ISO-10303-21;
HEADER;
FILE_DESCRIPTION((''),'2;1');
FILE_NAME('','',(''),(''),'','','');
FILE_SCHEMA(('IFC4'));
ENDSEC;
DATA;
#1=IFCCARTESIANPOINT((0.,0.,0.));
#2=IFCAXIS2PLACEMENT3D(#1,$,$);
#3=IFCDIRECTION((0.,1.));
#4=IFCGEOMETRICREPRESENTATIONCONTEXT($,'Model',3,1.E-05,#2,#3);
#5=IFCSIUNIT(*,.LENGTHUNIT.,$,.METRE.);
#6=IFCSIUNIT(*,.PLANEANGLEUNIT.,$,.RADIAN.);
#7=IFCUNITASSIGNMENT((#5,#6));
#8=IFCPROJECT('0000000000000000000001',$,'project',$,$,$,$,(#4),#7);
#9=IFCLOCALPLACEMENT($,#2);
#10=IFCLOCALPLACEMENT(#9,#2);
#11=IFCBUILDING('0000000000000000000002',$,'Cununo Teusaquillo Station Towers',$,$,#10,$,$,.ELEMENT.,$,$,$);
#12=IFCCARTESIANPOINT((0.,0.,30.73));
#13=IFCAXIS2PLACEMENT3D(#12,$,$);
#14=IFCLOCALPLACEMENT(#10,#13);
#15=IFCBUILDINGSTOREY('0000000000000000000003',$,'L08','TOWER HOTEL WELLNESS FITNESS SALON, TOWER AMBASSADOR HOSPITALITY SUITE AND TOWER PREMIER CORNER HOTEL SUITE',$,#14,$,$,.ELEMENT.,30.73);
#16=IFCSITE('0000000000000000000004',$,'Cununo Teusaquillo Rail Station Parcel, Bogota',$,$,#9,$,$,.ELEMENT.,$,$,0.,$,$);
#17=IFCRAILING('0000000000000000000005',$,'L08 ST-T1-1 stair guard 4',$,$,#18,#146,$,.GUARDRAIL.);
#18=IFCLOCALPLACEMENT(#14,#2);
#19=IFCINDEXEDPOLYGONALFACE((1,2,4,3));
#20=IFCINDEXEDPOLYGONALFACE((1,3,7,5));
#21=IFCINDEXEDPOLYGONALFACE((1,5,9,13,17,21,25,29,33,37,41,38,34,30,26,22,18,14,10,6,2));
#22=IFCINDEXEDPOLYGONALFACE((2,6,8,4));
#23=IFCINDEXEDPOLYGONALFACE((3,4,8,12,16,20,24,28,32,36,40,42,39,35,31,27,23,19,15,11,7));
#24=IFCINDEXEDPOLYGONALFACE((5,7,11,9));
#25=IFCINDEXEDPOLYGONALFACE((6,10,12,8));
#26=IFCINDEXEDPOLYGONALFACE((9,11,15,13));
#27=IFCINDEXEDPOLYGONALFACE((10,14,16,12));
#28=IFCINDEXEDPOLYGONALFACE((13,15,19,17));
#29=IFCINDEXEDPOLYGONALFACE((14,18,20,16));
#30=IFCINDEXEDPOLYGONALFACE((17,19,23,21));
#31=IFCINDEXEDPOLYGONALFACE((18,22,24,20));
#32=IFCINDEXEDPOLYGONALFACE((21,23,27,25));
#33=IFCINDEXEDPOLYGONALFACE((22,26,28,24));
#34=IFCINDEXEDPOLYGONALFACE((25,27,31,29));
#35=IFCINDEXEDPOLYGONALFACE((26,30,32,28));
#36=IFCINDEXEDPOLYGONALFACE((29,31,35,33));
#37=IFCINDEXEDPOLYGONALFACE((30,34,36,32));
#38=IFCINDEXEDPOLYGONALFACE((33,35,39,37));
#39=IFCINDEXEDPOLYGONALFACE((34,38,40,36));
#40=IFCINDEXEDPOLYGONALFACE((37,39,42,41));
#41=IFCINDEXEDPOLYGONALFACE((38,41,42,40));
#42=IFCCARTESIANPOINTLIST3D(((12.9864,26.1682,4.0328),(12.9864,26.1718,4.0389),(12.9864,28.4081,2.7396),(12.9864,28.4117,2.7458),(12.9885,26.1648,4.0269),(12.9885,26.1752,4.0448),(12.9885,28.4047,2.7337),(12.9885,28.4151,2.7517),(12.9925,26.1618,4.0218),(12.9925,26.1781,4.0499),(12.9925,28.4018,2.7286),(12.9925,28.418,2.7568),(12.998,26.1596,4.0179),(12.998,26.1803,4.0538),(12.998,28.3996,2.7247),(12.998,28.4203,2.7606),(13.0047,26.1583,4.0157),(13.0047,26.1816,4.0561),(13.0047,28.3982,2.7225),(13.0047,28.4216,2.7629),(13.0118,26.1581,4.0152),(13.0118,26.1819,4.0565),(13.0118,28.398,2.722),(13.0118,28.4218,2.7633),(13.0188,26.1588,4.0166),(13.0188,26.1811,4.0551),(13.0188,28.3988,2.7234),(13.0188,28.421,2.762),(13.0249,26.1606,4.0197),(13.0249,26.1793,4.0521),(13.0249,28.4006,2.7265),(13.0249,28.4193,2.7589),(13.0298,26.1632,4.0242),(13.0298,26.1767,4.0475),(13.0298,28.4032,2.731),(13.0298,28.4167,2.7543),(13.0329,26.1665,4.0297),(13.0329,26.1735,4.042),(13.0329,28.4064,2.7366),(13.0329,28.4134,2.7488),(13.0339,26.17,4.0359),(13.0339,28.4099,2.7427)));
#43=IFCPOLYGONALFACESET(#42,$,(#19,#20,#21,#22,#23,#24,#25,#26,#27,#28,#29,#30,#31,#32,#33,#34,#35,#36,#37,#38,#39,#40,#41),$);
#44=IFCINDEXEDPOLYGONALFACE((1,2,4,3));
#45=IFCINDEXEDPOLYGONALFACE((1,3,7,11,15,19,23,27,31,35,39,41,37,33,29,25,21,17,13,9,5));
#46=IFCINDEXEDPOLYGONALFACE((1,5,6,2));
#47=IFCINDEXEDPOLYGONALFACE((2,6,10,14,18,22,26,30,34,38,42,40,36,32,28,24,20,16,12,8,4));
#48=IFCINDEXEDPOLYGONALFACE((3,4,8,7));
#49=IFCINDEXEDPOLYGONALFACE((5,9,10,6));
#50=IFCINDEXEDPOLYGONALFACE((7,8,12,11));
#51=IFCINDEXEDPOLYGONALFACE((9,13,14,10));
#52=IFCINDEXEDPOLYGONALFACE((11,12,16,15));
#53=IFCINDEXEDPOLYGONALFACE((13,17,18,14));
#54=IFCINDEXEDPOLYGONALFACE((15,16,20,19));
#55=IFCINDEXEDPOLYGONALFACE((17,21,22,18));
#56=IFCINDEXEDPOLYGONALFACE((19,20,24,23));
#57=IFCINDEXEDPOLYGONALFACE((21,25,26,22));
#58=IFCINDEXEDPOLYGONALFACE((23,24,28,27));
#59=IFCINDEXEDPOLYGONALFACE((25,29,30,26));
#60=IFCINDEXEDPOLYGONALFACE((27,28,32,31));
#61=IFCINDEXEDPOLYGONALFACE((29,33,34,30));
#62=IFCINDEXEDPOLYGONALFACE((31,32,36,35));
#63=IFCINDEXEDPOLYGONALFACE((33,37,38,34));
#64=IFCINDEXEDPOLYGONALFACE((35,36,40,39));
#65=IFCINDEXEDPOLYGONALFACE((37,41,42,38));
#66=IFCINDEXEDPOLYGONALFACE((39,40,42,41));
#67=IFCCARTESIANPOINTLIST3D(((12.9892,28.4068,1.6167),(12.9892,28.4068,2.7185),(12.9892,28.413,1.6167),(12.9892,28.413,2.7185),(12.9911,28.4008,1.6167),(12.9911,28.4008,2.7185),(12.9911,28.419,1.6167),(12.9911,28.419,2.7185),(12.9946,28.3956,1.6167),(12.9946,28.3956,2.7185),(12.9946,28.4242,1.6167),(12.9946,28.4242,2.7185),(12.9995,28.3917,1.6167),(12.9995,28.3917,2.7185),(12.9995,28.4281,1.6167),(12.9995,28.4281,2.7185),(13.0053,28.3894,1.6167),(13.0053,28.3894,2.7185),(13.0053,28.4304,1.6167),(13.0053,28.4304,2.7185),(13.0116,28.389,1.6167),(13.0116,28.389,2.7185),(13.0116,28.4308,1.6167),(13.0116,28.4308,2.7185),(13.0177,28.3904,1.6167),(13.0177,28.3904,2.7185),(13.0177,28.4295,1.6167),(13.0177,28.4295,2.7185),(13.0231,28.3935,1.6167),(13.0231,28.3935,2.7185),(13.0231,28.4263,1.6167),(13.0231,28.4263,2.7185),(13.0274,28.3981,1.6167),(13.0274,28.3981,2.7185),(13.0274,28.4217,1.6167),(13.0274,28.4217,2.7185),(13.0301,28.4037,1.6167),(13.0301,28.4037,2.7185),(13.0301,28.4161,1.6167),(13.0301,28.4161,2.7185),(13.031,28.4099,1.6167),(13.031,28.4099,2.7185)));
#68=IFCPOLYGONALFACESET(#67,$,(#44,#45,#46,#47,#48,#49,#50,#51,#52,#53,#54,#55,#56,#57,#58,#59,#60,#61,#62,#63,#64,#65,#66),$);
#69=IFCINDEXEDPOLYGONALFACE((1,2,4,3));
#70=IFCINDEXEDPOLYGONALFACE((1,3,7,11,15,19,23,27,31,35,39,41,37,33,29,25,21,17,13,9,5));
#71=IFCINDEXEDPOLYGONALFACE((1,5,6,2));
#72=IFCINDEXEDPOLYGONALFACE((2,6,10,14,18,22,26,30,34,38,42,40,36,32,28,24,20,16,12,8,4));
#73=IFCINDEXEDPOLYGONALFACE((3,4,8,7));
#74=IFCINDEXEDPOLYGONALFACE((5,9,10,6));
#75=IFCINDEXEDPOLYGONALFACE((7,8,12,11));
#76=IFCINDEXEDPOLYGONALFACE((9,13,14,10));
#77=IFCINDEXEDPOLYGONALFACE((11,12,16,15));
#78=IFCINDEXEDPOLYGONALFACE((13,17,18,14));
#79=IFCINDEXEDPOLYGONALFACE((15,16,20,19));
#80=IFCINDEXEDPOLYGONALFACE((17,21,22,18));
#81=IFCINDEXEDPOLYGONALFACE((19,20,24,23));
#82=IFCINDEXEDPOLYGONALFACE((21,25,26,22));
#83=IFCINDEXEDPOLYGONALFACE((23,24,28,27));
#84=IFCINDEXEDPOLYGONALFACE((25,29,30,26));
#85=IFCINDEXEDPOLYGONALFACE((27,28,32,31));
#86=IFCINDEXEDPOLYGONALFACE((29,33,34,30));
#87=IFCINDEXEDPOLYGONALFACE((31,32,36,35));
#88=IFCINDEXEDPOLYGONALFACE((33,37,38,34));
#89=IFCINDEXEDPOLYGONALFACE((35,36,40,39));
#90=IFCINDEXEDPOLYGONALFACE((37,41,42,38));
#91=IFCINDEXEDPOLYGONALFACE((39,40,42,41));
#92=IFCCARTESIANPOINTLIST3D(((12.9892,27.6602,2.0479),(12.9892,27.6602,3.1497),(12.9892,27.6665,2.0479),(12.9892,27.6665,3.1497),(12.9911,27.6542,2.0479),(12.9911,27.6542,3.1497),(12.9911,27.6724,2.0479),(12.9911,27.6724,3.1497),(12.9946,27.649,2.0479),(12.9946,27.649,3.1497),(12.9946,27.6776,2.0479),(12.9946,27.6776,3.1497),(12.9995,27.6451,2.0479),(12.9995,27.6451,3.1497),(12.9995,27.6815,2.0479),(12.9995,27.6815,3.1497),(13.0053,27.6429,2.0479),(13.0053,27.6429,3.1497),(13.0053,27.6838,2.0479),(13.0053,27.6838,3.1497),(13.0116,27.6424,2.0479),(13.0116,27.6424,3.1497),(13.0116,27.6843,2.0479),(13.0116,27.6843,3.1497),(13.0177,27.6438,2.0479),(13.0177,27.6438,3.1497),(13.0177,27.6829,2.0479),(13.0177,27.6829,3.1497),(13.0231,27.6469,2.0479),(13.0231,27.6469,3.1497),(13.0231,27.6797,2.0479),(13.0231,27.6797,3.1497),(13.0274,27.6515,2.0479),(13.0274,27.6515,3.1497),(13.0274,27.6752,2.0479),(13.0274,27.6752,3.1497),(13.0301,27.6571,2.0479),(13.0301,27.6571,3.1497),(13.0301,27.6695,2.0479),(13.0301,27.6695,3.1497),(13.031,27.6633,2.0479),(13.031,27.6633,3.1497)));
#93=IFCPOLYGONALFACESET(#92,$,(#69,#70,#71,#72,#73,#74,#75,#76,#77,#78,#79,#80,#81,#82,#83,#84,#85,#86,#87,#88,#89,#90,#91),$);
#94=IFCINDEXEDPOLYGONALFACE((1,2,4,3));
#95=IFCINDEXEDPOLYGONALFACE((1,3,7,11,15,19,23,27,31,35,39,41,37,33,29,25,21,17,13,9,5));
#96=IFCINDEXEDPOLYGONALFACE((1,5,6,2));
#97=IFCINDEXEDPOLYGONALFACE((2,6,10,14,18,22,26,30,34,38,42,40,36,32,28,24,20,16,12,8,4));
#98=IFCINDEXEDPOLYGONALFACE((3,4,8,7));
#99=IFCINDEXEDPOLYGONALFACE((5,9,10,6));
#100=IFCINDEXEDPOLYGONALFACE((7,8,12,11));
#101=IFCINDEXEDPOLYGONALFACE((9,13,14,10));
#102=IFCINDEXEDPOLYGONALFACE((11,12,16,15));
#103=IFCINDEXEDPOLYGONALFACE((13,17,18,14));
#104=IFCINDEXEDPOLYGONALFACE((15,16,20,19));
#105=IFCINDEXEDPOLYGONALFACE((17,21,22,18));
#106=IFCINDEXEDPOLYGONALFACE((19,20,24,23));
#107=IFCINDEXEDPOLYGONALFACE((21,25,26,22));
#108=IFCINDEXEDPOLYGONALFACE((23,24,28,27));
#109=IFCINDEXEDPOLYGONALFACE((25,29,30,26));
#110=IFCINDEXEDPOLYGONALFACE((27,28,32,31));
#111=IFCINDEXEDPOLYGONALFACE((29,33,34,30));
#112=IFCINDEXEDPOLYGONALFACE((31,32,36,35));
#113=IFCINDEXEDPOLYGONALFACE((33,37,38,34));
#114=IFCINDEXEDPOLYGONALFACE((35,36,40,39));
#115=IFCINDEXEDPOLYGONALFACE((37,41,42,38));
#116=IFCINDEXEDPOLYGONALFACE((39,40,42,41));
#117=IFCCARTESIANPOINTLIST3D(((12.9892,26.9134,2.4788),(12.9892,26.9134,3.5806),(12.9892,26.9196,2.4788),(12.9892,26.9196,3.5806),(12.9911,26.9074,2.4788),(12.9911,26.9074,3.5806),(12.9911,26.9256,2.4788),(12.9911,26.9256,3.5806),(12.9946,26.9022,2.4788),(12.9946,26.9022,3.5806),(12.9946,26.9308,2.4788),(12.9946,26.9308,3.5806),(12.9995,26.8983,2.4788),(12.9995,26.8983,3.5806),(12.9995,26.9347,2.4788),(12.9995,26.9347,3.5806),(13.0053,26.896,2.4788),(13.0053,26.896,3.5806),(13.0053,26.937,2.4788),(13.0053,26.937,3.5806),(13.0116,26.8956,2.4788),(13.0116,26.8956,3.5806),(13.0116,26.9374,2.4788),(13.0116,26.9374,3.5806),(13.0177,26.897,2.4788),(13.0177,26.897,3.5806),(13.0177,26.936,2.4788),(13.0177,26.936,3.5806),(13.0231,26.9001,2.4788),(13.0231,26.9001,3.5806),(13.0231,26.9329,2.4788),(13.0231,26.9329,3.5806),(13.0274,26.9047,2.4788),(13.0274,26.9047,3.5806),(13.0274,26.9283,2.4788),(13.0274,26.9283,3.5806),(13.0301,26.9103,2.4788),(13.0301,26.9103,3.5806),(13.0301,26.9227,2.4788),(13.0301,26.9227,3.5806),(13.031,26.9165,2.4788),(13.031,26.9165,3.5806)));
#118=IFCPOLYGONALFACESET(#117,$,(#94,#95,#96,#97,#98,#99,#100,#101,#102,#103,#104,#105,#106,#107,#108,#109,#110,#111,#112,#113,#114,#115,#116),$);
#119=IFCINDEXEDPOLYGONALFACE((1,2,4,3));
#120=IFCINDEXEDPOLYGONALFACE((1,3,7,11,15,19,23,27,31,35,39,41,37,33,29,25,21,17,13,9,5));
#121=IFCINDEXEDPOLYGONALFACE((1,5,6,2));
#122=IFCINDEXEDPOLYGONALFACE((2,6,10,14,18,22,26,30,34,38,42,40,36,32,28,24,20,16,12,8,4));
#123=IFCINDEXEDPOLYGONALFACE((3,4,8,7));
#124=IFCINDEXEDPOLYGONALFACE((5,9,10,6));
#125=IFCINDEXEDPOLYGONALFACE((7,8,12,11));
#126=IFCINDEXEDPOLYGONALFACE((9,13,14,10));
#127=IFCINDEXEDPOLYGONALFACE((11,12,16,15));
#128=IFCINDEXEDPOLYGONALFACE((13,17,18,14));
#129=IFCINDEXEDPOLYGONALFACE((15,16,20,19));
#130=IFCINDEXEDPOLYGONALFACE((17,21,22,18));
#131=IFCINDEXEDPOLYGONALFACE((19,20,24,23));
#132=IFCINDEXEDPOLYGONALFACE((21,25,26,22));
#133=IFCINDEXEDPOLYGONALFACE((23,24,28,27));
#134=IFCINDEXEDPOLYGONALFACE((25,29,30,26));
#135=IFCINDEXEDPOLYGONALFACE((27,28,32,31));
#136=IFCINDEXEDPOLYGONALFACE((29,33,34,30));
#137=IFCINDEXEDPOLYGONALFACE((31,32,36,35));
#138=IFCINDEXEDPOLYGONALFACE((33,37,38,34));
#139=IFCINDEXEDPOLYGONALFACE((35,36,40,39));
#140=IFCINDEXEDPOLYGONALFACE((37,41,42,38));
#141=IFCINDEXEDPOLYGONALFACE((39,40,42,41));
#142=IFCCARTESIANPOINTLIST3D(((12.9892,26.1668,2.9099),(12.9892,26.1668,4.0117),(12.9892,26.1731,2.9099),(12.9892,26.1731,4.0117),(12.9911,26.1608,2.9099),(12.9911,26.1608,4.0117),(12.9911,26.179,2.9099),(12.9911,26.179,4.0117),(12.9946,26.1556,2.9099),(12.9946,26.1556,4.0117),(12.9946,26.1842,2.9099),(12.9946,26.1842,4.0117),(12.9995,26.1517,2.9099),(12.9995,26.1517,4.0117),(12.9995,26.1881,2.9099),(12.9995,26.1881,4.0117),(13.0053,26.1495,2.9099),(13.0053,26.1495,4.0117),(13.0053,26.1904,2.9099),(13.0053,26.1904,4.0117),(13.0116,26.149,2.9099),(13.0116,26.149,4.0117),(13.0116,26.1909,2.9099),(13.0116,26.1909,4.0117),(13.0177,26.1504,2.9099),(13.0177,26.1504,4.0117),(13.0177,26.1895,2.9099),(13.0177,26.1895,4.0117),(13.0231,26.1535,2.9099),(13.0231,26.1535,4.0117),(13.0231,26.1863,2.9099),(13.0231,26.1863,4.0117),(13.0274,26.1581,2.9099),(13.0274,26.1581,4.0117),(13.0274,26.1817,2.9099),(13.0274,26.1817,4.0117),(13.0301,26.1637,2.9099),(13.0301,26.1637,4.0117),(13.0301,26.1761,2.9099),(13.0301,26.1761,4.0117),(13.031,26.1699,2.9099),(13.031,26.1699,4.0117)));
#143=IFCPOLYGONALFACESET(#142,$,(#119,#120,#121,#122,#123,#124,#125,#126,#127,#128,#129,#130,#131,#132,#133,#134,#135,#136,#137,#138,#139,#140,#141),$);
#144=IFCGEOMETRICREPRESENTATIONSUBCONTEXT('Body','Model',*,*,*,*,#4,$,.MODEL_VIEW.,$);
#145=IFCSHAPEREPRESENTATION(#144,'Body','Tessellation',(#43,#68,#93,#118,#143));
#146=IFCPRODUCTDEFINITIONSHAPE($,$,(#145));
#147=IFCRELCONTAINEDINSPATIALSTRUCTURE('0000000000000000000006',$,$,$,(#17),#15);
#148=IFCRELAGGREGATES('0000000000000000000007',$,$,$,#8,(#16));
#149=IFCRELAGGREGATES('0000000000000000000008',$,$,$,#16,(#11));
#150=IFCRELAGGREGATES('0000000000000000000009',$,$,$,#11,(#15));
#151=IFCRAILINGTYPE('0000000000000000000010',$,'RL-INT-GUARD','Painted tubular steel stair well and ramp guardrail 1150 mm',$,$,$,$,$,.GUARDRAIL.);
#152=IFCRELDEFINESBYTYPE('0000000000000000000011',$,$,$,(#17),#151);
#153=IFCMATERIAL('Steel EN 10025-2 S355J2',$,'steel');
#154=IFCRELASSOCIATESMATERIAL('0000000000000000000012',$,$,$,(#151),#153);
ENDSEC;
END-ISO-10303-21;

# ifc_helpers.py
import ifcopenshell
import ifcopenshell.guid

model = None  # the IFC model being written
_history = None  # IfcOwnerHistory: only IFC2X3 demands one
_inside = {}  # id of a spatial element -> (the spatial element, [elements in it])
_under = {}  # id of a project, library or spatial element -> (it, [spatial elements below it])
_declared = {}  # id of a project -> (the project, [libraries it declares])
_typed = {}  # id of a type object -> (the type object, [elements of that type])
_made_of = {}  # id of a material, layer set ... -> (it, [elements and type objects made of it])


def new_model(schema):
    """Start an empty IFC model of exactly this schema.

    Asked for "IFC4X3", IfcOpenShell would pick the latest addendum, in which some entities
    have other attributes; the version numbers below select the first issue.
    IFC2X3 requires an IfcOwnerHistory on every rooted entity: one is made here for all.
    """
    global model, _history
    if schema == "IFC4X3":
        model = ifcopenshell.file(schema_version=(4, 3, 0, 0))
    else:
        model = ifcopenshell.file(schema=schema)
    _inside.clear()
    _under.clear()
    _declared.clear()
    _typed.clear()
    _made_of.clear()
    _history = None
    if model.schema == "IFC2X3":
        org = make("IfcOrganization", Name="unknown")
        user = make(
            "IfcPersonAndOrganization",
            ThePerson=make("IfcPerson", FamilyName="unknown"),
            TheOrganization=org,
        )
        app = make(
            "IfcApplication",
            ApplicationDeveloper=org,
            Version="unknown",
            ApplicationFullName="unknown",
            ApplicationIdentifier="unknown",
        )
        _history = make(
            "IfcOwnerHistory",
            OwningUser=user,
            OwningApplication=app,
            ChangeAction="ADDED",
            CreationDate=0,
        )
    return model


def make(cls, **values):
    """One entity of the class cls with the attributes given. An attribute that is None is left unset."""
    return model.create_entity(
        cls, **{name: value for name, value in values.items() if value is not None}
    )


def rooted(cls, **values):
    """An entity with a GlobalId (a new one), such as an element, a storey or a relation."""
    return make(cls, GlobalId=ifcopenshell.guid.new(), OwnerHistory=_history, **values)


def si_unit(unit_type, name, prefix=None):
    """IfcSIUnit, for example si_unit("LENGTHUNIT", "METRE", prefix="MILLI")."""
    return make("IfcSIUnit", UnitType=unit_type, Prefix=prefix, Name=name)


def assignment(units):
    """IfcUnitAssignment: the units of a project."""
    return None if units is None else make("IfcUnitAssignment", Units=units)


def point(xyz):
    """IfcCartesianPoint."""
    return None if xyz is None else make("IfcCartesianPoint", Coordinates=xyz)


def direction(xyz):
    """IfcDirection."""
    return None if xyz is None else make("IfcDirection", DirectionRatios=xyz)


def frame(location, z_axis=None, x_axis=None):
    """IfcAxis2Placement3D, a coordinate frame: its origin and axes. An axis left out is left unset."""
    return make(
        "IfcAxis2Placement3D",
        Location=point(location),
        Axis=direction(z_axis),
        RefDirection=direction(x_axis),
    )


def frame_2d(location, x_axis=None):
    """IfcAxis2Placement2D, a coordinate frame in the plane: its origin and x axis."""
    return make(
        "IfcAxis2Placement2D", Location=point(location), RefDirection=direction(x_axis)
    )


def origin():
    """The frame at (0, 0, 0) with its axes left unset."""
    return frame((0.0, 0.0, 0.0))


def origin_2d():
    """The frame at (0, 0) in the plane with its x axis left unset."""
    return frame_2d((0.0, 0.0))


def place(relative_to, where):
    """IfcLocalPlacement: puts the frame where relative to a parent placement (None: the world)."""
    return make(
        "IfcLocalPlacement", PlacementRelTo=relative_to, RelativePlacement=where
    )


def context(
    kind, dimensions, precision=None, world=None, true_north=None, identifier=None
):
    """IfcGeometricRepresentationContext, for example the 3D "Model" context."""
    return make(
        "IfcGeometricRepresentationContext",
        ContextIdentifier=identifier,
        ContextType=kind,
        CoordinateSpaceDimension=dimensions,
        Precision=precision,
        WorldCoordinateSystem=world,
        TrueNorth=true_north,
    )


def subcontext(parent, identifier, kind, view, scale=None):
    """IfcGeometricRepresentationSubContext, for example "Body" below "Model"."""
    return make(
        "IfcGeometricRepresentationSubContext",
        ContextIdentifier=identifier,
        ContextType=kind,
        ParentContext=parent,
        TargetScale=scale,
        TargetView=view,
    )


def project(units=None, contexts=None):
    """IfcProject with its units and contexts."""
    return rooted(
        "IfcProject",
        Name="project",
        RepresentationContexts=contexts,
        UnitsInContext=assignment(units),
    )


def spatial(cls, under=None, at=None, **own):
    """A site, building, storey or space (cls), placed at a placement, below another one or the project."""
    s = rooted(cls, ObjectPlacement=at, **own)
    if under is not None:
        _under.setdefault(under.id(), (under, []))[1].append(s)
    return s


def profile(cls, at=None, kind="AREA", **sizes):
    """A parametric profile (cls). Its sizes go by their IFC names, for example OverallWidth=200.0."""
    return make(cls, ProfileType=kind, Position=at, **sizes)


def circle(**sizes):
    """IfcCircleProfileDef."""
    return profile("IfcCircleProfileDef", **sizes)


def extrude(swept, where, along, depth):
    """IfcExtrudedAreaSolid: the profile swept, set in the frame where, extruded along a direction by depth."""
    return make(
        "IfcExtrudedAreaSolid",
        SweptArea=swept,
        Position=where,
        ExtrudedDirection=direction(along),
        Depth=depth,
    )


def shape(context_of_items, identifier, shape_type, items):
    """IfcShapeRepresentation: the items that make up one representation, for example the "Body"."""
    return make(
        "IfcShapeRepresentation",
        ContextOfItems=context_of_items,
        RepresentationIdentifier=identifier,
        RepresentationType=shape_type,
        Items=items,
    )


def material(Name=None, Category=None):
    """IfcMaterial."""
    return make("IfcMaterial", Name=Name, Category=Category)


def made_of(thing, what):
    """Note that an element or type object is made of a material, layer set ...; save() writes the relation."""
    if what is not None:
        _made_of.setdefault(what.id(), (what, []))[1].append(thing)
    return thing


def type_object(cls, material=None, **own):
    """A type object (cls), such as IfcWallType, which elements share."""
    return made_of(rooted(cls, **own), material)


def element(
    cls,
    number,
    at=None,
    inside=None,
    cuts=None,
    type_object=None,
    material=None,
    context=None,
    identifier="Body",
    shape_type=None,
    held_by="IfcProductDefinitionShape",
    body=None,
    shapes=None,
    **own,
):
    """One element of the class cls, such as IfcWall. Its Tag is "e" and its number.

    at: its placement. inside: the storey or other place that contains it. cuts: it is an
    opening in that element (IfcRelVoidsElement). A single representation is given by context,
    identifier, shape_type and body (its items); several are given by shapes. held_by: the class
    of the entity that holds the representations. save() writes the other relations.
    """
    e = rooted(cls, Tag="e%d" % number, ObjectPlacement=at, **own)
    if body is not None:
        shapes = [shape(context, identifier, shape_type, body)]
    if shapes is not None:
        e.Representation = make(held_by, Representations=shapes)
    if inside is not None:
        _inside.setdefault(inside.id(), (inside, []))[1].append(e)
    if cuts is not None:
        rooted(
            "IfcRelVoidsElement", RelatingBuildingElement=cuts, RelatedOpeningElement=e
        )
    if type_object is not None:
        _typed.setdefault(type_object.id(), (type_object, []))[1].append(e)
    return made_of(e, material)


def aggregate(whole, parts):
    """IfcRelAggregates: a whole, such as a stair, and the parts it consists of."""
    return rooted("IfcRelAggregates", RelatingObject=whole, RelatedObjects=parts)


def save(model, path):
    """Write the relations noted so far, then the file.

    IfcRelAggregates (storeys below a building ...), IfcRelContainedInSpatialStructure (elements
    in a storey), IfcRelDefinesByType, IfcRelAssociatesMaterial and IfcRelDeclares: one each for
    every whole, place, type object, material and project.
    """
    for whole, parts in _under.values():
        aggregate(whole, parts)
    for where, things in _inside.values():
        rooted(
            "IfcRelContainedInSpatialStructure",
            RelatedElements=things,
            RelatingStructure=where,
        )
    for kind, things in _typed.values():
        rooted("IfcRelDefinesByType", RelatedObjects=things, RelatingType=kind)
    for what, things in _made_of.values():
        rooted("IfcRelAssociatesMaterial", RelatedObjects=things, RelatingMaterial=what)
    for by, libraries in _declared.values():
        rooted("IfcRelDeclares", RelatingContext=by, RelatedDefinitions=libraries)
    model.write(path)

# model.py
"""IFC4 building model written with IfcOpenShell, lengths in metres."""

from ifc_helpers import new_model, si_unit, direction, frame, origin, origin_2d, place, context, subcontext, project, spatial, circle, extrude, material, type_object, element, save


model = new_model("IFC4")

# Units and contexts
model_context = context("Model", 3, precision=1e-05, world=origin(), true_north=direction((0.0, 1.0)))
body_context = subcontext(model_context, "Body", "Model", "MODEL_VIEW")
ifc_project = project(units=[si_unit("LENGTHUNIT", "METRE"), si_unit("PLANEANGLEUNIT", "RADIAN")], contexts=[model_context])

# Site, building, storey
site_placement = place(None, origin())
site = spatial("IfcSite", under=ifc_project, at=site_placement, Name="Cununo Teusaquillo Rail Station Parcel, Bogota", CompositionType="ELEMENT", RefElevation=0.0)
building_placement = place(site_placement, origin())
building = spatial("IfcBuilding", under=site, at=building_placement, Name="Cununo Teusaquillo Station Towers", CompositionType="ELEMENT")
storey_placement = place(building_placement, frame((0.0, 0.0, 30.73)))
storey = spatial("IfcBuildingStorey", under=building, at=storey_placement, Name="L08", Description="TOWER HOTEL WELLNESS FITNESS SALON, TOWER AMBASSADOR HOSPITALITY SUITE AND TOWER PREMIER CORNER HOTEL SUITE", CompositionType="ELEMENT", Elevation=30.73)

# Railing
ifc_material_1 = material(Name="Steel EN 10025-2 S355J2", Category="steel")
railing_type_1 = type_object("IfcRailingType", Name="RL-INT-GUARD", Description="Painted tubular steel stair well and ramp guardrail 1150 mm", PredefinedType="GUARDRAIL", material=ifc_material_1)
railing_1_placement = place(storey_placement, frame((13.01, 28.4099, 1.6167)))
element("IfcRailing", 1, at=railing_1_placement, inside=storey, type_object=railing_type_1, Name="L08 ST-T1-1 stair guard 4", PredefinedType="GUARDRAIL", context=body_context, shape_type="SweptSolid", body=[
    extrude(circle(Radius=0.0239, at=origin_2d()), frame((0.0, 0.0, 1.126), z_axis=(0.0, -0.866033, 0.499987), x_axis=(1.0, 0.0, 0.0)), (0.0, 0.0, 1.0), 2.5864),
    extrude(circle(Radius=0.021, at=origin_2d()), origin(), (0.0, 0.0, 1.0), 1.1018),
    extrude(circle(Radius=0.021, at=origin_2d()), frame((0.0, -0.7466, 0.4312)), (0.0, 0.0, 1.0), 1.1018),
    extrude(circle(Radius=0.021, at=origin_2d()), frame((0.0, -1.4934, 0.8621)), (0.0, 0.0, 1.0), 1.1018),
    extrude(circle(Radius=0.021, at=origin_2d()), frame((0.0, -2.24, 1.2932)), (0.0, 0.0, 1.0), 1.1018),
])

save(model, "model.ifc")
